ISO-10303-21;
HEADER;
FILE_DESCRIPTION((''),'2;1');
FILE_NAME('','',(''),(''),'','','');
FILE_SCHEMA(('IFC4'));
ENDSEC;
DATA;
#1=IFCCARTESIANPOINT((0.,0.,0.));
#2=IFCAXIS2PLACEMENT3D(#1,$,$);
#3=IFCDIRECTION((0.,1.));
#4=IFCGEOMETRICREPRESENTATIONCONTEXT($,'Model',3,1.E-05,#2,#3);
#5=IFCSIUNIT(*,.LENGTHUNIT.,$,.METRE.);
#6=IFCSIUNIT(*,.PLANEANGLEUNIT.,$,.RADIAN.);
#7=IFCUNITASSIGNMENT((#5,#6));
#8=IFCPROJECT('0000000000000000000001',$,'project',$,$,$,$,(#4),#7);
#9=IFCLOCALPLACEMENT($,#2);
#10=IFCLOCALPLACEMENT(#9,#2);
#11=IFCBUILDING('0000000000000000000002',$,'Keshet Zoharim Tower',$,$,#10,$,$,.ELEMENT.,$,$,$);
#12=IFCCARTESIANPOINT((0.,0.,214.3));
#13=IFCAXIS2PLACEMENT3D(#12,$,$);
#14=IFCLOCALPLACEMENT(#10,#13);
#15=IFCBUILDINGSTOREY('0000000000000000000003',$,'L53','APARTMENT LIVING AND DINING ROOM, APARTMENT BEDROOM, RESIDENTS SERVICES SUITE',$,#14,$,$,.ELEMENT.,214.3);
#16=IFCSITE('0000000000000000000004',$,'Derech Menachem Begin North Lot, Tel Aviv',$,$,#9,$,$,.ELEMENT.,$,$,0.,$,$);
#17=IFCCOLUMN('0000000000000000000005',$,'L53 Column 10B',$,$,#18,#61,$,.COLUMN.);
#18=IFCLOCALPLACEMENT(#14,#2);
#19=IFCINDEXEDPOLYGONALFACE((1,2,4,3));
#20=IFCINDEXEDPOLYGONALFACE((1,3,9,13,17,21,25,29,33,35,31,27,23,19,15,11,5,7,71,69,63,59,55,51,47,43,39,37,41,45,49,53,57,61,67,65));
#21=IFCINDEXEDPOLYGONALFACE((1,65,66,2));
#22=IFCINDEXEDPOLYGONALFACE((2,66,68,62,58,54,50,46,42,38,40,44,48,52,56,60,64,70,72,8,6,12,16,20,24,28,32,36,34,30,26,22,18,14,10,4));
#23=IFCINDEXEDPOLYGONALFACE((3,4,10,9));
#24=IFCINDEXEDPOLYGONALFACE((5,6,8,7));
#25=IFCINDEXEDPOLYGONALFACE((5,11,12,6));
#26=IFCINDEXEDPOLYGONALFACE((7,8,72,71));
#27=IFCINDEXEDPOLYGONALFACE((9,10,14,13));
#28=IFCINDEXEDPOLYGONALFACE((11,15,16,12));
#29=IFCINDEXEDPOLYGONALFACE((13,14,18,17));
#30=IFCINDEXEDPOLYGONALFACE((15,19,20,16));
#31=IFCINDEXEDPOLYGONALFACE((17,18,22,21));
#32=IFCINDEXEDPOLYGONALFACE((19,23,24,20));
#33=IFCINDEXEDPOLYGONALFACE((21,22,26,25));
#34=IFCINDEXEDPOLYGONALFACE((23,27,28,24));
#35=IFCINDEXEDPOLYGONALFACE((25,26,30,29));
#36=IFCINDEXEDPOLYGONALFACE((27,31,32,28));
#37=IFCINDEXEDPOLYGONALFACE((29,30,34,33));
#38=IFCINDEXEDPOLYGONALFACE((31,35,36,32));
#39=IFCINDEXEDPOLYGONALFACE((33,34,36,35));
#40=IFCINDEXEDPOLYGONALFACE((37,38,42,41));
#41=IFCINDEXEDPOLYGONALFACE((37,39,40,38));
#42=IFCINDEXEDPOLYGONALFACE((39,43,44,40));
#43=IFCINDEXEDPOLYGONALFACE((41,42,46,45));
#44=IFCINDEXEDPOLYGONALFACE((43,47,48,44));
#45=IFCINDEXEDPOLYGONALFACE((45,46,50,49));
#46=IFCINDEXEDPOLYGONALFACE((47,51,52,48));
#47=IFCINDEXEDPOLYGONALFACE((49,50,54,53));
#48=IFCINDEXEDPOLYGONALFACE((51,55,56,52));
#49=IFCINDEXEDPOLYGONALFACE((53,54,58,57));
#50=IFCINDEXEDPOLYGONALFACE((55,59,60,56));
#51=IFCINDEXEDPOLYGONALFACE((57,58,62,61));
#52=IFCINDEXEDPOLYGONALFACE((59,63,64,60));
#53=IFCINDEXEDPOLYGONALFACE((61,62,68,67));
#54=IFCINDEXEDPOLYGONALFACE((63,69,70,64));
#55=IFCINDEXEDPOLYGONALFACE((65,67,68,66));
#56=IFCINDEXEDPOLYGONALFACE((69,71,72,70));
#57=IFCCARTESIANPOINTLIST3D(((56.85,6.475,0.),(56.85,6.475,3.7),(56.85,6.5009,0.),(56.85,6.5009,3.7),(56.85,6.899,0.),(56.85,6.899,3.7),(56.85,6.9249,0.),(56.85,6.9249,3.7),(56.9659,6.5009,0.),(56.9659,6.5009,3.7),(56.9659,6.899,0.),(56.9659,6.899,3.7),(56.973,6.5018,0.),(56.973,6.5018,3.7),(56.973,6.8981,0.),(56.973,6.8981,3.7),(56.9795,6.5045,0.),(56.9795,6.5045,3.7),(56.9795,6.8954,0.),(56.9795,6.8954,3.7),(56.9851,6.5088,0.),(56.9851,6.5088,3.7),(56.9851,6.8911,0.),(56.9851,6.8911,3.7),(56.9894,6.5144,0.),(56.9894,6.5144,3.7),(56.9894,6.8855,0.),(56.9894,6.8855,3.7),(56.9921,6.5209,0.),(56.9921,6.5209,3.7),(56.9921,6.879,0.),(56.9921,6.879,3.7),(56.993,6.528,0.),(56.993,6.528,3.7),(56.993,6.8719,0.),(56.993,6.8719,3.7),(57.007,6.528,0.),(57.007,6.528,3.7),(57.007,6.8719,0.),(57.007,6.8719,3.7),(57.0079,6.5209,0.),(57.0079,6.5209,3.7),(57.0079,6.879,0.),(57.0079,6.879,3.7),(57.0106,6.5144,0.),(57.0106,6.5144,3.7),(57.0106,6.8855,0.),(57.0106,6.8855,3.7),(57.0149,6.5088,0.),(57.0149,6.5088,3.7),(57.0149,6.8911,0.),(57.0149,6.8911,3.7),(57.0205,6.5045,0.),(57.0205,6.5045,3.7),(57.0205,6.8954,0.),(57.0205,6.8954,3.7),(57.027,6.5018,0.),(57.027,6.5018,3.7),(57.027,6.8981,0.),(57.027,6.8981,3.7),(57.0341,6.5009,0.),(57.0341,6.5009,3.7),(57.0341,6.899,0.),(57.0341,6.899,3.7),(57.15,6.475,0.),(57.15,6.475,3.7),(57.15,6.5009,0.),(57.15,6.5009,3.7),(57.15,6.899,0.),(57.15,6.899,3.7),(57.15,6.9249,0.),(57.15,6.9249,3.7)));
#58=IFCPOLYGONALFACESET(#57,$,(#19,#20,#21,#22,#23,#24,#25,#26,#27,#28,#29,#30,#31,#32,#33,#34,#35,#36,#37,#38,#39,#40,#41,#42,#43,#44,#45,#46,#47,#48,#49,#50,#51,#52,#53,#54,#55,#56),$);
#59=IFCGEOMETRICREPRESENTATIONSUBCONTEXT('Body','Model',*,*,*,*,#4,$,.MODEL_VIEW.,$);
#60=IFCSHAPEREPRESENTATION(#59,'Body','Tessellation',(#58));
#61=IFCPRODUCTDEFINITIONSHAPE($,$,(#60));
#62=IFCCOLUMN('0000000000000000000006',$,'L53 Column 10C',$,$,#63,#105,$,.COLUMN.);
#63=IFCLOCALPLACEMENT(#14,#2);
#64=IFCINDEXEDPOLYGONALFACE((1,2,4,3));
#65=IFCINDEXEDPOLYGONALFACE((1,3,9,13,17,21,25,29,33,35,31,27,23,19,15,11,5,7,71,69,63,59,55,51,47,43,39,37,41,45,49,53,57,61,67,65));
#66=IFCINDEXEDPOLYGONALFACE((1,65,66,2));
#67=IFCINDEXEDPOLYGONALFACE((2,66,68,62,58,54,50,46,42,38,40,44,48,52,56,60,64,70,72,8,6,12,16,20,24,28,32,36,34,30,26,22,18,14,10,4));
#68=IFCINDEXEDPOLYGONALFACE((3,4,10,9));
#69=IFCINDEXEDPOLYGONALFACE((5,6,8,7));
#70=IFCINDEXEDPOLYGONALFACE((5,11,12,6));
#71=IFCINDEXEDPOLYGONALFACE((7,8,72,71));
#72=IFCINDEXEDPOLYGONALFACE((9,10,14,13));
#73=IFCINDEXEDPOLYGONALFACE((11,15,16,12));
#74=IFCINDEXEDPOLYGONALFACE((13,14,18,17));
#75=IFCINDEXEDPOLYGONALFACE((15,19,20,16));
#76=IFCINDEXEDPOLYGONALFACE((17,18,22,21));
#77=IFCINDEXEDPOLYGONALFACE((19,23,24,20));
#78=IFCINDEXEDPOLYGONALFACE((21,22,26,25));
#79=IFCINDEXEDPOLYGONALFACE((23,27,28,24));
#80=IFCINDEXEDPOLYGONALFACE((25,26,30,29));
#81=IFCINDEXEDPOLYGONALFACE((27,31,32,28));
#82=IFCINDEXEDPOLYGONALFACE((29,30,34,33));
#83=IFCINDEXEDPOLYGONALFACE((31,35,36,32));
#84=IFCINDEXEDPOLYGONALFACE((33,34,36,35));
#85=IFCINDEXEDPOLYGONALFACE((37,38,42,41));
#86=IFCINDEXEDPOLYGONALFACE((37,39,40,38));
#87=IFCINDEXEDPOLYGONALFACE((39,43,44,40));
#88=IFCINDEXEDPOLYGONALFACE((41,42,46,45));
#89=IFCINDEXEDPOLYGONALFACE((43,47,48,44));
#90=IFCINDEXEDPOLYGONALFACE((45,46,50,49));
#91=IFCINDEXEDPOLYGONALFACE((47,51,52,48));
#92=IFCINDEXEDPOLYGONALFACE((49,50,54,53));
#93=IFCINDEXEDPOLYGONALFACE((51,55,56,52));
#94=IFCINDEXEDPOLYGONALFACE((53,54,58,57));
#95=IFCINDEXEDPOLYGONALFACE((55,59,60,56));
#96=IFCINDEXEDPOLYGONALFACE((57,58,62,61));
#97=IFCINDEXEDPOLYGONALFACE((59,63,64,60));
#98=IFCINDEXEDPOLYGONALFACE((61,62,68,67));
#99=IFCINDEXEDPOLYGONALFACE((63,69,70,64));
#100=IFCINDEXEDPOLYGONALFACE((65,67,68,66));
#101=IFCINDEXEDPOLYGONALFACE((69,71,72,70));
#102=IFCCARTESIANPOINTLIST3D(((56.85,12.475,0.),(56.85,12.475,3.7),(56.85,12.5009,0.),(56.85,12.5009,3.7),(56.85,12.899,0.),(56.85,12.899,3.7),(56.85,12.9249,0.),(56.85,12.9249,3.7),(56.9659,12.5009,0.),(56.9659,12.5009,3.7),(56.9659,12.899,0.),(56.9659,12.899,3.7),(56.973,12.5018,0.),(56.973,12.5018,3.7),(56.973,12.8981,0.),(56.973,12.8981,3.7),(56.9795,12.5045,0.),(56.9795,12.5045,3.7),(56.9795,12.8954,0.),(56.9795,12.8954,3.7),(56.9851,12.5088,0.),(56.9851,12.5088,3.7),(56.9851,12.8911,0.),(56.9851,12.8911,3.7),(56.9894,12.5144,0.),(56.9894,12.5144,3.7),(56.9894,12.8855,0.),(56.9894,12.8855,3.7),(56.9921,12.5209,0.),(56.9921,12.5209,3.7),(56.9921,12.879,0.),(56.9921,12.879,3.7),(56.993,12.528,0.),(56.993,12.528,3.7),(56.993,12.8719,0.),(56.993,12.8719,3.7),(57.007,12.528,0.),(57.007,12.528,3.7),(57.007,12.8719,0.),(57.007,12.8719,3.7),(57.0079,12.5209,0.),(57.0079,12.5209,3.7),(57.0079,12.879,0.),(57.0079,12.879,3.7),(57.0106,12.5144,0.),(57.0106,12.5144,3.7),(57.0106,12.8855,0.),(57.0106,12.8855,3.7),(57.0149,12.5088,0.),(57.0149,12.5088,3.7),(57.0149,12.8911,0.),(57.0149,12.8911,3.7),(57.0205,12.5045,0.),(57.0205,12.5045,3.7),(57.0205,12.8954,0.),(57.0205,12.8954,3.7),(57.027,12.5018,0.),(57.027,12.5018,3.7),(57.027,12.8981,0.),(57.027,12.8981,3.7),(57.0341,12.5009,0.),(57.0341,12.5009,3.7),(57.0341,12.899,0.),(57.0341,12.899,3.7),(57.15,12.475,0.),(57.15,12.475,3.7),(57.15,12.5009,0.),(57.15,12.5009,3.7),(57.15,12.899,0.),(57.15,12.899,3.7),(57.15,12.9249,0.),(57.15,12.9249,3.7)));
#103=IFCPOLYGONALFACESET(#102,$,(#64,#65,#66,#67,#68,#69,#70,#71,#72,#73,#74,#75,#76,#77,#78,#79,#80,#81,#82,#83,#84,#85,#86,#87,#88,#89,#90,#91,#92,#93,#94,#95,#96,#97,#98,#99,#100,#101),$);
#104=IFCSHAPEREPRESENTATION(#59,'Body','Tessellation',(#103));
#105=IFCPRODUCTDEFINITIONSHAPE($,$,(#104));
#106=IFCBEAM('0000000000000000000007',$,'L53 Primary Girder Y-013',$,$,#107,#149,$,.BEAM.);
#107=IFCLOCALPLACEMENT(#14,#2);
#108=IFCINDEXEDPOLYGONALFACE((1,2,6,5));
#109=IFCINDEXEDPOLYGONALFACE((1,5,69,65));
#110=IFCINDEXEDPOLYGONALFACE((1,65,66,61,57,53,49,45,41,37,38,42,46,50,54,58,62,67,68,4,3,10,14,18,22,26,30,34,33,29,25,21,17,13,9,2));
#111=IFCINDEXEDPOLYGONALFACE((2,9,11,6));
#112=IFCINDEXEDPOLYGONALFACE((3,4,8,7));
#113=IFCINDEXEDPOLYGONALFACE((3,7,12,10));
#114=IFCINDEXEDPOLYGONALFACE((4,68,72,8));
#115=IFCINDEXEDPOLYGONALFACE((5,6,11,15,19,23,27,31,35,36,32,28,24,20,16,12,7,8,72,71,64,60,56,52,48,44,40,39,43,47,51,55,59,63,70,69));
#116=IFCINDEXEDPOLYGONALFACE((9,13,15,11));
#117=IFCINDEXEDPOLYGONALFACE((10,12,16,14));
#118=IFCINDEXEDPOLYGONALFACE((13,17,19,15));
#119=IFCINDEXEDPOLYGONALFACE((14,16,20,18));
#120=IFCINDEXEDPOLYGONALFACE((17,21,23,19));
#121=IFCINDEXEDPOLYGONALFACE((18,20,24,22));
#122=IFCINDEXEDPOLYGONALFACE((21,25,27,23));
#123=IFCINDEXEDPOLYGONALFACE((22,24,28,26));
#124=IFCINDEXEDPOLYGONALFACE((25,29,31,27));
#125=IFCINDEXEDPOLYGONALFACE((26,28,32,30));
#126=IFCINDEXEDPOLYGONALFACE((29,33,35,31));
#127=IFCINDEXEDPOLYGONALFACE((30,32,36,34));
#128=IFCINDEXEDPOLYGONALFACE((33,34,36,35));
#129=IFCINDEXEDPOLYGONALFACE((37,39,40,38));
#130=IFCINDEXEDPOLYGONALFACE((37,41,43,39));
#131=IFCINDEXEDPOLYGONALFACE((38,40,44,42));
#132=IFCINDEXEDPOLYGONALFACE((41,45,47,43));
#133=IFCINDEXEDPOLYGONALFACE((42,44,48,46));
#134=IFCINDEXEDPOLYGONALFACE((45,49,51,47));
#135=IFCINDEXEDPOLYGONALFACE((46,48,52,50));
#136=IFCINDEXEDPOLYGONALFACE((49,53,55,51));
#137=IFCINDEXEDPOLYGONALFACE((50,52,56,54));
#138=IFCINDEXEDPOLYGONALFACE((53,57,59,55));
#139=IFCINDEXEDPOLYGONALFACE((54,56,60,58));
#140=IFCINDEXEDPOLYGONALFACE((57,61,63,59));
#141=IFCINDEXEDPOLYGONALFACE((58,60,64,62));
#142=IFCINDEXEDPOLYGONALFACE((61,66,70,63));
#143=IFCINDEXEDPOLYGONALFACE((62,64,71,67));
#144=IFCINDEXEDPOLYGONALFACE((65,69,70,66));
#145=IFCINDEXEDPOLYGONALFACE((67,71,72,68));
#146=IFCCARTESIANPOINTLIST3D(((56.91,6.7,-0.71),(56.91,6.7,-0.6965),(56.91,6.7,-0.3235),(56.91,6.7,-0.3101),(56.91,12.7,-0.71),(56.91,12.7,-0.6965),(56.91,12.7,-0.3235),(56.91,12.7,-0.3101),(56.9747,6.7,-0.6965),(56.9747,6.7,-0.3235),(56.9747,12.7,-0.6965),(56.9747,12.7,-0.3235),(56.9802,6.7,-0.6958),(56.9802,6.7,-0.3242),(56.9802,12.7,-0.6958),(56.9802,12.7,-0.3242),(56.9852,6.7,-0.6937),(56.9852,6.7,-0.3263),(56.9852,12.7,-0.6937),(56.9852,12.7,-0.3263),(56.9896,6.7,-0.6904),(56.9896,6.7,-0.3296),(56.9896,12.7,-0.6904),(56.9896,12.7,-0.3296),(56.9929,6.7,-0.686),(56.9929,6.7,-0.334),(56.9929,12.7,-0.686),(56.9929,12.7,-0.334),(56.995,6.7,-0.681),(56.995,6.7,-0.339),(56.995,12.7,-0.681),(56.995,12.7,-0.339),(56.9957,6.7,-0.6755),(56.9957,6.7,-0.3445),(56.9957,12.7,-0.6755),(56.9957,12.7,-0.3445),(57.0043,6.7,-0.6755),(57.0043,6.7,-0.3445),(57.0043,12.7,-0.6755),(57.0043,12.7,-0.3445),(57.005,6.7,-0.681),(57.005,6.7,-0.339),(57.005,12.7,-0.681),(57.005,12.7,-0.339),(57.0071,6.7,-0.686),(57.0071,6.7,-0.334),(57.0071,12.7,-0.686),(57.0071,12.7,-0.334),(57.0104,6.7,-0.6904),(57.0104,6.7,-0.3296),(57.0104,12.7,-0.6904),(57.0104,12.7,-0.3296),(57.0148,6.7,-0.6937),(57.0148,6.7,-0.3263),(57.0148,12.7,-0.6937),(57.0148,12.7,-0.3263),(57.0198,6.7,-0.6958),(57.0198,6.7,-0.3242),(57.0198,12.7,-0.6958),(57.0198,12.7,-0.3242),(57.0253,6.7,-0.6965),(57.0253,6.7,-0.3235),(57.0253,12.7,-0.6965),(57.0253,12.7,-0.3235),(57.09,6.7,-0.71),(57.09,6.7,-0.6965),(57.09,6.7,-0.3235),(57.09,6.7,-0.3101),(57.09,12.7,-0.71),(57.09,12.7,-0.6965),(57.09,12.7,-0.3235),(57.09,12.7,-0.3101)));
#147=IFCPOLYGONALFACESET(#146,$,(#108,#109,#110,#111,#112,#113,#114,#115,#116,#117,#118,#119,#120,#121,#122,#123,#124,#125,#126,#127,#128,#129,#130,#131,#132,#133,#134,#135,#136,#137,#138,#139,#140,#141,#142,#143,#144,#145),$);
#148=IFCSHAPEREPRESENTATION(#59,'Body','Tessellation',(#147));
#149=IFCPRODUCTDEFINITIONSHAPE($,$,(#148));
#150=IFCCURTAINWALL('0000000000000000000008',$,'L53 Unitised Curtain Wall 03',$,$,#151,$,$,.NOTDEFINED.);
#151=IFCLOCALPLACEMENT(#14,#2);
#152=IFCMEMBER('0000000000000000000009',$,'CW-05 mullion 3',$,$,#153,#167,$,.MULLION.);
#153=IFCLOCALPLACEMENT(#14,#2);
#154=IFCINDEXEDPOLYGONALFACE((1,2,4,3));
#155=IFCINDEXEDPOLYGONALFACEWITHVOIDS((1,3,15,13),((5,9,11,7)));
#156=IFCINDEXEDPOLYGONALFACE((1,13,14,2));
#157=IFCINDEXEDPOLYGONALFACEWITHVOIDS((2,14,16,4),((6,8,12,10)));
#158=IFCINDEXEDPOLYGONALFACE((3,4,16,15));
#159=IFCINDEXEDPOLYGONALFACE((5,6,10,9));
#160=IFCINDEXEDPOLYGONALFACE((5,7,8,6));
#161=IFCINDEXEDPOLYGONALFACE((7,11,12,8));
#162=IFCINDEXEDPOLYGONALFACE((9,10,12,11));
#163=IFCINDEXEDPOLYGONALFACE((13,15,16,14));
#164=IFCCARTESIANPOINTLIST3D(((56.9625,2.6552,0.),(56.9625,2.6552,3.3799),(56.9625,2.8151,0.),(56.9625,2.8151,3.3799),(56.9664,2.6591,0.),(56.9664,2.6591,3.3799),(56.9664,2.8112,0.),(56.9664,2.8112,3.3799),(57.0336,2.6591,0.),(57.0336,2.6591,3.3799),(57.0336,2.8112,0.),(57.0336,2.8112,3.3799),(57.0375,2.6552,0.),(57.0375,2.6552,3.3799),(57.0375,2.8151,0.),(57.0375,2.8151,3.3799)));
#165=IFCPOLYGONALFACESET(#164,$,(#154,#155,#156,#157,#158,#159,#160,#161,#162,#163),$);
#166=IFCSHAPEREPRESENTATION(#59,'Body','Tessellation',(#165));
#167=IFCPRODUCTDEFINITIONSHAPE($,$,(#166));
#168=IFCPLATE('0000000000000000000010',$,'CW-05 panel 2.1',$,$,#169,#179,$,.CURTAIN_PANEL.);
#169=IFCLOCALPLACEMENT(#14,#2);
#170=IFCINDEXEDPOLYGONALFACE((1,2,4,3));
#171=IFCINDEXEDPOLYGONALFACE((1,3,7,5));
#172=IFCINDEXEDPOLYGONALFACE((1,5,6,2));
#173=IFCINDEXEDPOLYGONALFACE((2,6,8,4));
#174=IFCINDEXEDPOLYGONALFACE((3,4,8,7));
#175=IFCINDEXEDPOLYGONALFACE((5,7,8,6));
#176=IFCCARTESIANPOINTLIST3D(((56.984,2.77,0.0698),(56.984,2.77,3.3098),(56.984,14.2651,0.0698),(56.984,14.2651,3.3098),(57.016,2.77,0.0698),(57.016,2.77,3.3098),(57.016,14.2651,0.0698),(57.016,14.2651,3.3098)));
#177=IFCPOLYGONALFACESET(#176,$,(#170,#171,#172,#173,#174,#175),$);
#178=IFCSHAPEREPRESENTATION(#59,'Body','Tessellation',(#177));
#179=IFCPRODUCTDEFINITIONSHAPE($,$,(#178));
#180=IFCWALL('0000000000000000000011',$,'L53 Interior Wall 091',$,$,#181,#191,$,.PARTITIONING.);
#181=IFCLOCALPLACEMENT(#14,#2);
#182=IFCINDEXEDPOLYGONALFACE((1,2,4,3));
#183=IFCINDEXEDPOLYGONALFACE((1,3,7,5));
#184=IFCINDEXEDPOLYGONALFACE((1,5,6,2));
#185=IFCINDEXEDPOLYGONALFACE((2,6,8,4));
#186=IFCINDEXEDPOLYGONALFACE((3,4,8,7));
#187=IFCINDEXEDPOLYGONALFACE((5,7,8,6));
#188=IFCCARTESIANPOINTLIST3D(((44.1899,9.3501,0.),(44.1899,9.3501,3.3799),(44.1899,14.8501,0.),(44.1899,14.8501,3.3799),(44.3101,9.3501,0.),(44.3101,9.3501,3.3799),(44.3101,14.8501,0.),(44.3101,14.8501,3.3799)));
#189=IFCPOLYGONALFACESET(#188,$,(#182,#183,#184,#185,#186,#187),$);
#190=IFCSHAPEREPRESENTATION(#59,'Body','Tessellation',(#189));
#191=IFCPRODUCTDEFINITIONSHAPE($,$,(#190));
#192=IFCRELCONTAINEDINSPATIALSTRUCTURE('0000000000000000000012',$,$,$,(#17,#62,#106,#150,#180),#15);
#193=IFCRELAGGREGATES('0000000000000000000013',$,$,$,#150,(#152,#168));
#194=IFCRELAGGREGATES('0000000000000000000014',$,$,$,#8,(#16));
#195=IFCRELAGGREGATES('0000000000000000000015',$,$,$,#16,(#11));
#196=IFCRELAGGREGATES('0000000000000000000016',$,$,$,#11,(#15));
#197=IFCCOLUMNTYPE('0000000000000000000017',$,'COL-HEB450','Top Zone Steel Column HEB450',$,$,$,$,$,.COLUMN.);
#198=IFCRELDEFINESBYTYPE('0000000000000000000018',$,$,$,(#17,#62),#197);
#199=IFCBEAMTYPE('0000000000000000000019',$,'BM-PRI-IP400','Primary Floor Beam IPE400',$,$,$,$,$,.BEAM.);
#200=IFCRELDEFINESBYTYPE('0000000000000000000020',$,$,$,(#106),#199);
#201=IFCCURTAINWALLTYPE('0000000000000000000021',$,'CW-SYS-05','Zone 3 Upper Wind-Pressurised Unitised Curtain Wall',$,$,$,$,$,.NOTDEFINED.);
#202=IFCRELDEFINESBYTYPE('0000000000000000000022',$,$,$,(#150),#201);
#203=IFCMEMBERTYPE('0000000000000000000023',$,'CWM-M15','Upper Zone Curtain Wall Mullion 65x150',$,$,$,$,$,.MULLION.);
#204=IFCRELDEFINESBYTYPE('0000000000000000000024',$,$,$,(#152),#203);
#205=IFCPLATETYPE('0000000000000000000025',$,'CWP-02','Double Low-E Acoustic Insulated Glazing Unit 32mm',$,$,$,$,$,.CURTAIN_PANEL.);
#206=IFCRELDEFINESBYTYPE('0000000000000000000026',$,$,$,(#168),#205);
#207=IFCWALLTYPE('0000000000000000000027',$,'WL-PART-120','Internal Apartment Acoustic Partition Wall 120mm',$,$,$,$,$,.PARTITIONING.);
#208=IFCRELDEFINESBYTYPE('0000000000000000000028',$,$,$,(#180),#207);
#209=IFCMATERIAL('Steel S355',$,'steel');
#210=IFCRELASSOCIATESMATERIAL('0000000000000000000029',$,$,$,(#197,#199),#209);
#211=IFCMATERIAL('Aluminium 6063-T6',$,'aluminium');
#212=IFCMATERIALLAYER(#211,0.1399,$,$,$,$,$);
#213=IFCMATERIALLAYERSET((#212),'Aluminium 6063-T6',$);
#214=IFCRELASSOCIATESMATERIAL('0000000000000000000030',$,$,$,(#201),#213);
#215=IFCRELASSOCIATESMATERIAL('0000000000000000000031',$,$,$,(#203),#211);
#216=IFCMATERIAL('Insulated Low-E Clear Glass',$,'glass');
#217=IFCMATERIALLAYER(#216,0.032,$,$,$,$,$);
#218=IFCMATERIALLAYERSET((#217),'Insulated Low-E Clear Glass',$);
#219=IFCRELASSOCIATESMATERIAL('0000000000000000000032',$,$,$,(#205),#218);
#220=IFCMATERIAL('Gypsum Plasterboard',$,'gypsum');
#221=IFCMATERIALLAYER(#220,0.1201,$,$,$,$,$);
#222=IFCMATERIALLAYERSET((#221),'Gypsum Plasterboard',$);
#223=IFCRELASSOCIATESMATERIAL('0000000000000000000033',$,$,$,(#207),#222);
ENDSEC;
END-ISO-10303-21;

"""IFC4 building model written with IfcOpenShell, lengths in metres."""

from ifc_helpers import new_model, si_unit, direction, frame, frame_2d, origin, origin_2d, place, context, subcontext, project, spatial, rectangle, hollow_rectangle, i_section, extrude, material, layer, layer_set, material_profile, profile_set, type_object, element, aggregate, save


model = new_model("IFC4")

# Units and contexts
model_context = context("Model", 3, precision=1e-05, world=origin(), true_north=direction((0.0, 1.0)))
body_context = subcontext(model_context, "Body", "Model", "MODEL_VIEW")
ifc_project = project(units=[si_unit("LENGTHUNIT", "METRE"), si_unit("PLANEANGLEUNIT", "RADIAN")], contexts=[model_context])

# Site, building, storey
site_placement = place(None, origin())
site = spatial("IfcSite", under=ifc_project, at=site_placement, Name="Derech Menachem Begin North Lot, Tel Aviv", CompositionType="ELEMENT", RefElevation=0.0)
building_placement = place(site_placement, origin())
building = spatial("IfcBuilding", under=site, at=building_placement, Name="Keshet Zoharim Tower", CompositionType="ELEMENT")
storey_placement = place(building_placement, frame((0.0, 0.0, 214.3)))
storey = spatial("IfcBuildingStorey", under=building, at=storey_placement, Name="L53", Description="APARTMENT LIVING AND DINING ROOM, APARTMENT BEDROOM, RESIDENTS SERVICES SUITE", CompositionType="ELEMENT", Elevation=214.3)

# Columns
ifc_material_1 = material(Name="Steel S355", Category="steel")
ifc_material_profile_1 = material_profile(ifc_material_1, i_section(OverallWidth=0.3, OverallDepth=0.45, WebThickness=0.0139, FlangeThickness=0.0259, FilletRadius=0.0271, at=origin_2d()), Name="HEB450")
ifc_profile_set_1 = profile_set([ifc_material_profile_1], Name="Steel S355")
column_type = type_object("IfcColumnType", Name="COL-HEB450", Description="Top Zone Steel Column HEB450", PredefinedType="COLUMN", material=ifc_profile_set_1)
for number, where, z_axis, x_axis, name in (
    (1, (57.0, 6.7, 0.0), (0.0, 0.0, 1.0), (1.0, 0.0, 0.0), "L53 Column 10B"),
    (2, (57.0, 12.7, 0.0), (0.0, 0.0, 1.0), (1.0, 0.0, 0.0), "L53 Column 10C"),
):
    element("IfcColumn", number, at=place(storey_placement, frame(where, z_axis=z_axis, x_axis=x_axis)), inside=storey, type_object=column_type, Name=name, PredefinedType="COLUMN", context=body_context, shape_type="SweptSolid", body=[
        extrude(i_section(OverallWidth=0.3, OverallDepth=0.45, WebThickness=0.0139, FlangeThickness=0.0259, FilletRadius=0.0271, at=origin_2d()), origin(), (0.0, 0.0, 1.0), 3.7),
    ])

# Beam
ifc_material_profile_2 = material_profile(ifc_material_1, i_section(OverallWidth=0.1799, OverallDepth=0.3999, WebThickness=0.0085, FlangeThickness=0.0134, FilletRadius=0.021, at=origin_2d()), Name="IPE400")
ifc_profile_set_2 = profile_set([ifc_material_profile_2], Name="Steel S355")
beam_type = type_object("IfcBeamType", Name="BM-PRI-IP400", Description="Primary Floor Beam IPE400", PredefinedType="BEAM", material=ifc_profile_set_2)
beam_placement = place(storey_placement, frame((57.0, 6.7, -0.51), z_axis=(0.0, 1.0, 0.0), x_axis=(-1.0, 0.0, 0.0)))
element("IfcBeam", 3, at=beam_placement, inside=storey, type_object=beam_type, Name="L53 Primary Girder Y-013", PredefinedType="BEAM", context=body_context, shape_type="SweptSolid", body=[
    extrude(i_section(OverallWidth=0.1799, OverallDepth=0.3999, WebThickness=0.0085, FlangeThickness=0.0134, FilletRadius=0.021, at=origin_2d()), origin(), (0.0, 0.0, 1.0), 6.0),
])

# Curtain wall, member, plate
ifc_material_2 = material(Name="Aluminium 6063-T6", Category="aluminium")
ifc_layer_1 = layer(ifc_material_2, 0.1399)
ifc_layer_set_1 = layer_set([ifc_layer_1], Name="Aluminium 6063-T6")
curtain_wall_type = type_object("IfcCurtainWallType", Name="CW-SYS-05", Description="Zone 3 Upper Wind-Pressurised Unitised Curtain Wall", PredefinedType="NOTDEFINED", material=ifc_layer_set_1)
curtain_wall_placement = place(storey_placement, origin())
curtain_wall = element("IfcCurtainWall", 4, at=curtain_wall_placement, inside=storey, type_object=curtain_wall_type, Name="L53 Unitised Curtain Wall 03", PredefinedType="NOTDEFINED")
ifc_material_profile_3 = material_profile(ifc_material_2, hollow_rectangle(XDim=0.075, YDim=0.1599, WallThickness=0.0039, at=origin_2d()), Name="MUL-75x160")
ifc_profile_set_3 = profile_set([ifc_material_profile_3], Name="Aluminium 6063-T6")
member_type = type_object("IfcMemberType", Name="CWM-M15", Description="Upper Zone Curtain Wall Mullion 65x150", PredefinedType="MULLION", material=ifc_profile_set_3)
member_placement = place(storey_placement, frame((57.0, 2.7351, 0.0), z_axis=(0.0, 0.0, 1.0), x_axis=(1.0, 0.0, 0.0)))
member = element("IfcMember", 5, at=member_placement, type_object=member_type, Name="CW-05 mullion 3", PredefinedType="MULLION", context=body_context, shape_type="SweptSolid", body=[
    extrude(hollow_rectangle(XDim=0.075, YDim=0.1599, WallThickness=0.0039, at=origin_2d()), origin(), (0.0, 0.0, 1.0), 3.3799),
])
ifc_material_3 = material(Name="Insulated Low-E Clear Glass", Category="glass")
ifc_layer_2 = layer(ifc_material_3, 0.032)
ifc_layer_set_2 = layer_set([ifc_layer_2], Name="Insulated Low-E Clear Glass")
plate_type = type_object("IfcPlateType", Name="CWP-02", Description="Double Low-E Acoustic Insulated Glazing Unit 32mm", PredefinedType="CURTAIN_PANEL", material=ifc_layer_set_2)
plate_placement = place(storey_placement, frame((57.0, 8.5176, 0.0698), z_axis=(0.0, 0.0, 1.0), x_axis=(0.0, -1.0, 0.0)))
plate = element("IfcPlate", 6, at=plate_placement, type_object=plate_type, Name="CW-05 panel 2.1", PredefinedType="CURTAIN_PANEL", context=body_context, shape_type="SweptSolid", body=[
    extrude(rectangle(XDim=11.4951, YDim=0.032, at=origin_2d()), origin(), (0.0, 0.0, 1.0), 3.24),
])
aggregate(curtain_wall, [member, plate])

# Wall
ifc_material_4 = material(Name="Gypsum Plasterboard", Category="gypsum")
ifc_layer_3 = layer(ifc_material_4, 0.1201)
ifc_layer_set_3 = layer_set([ifc_layer_3], Name="Gypsum Plasterboard")
wall_type_1 = type_object("IfcWallType", Name="WL-PART-120", Description="Internal Apartment Acoustic Partition Wall 120mm", PredefinedType="PARTITIONING", material=ifc_layer_set_3)
wall_1_placement = place(storey_placement, frame((44.25, 9.3501, 0.0), z_axis=(0.0, 0.0, 1.0), x_axis=(0.0, 1.0, 0.0)))
element("IfcWall", 7, at=wall_1_placement, inside=storey, type_object=wall_type_1, Name="L53 Interior Wall 091", PredefinedType="PARTITIONING", context=body_context, shape_type="SweptSolid", body=[
    extrude(rectangle(XDim=5.5, YDim=0.1201, at=frame_2d((2.75, 0.0))), origin(), (0.0, 0.0, 1.0), 3.3799),
])

save(model, "model.ifc")
